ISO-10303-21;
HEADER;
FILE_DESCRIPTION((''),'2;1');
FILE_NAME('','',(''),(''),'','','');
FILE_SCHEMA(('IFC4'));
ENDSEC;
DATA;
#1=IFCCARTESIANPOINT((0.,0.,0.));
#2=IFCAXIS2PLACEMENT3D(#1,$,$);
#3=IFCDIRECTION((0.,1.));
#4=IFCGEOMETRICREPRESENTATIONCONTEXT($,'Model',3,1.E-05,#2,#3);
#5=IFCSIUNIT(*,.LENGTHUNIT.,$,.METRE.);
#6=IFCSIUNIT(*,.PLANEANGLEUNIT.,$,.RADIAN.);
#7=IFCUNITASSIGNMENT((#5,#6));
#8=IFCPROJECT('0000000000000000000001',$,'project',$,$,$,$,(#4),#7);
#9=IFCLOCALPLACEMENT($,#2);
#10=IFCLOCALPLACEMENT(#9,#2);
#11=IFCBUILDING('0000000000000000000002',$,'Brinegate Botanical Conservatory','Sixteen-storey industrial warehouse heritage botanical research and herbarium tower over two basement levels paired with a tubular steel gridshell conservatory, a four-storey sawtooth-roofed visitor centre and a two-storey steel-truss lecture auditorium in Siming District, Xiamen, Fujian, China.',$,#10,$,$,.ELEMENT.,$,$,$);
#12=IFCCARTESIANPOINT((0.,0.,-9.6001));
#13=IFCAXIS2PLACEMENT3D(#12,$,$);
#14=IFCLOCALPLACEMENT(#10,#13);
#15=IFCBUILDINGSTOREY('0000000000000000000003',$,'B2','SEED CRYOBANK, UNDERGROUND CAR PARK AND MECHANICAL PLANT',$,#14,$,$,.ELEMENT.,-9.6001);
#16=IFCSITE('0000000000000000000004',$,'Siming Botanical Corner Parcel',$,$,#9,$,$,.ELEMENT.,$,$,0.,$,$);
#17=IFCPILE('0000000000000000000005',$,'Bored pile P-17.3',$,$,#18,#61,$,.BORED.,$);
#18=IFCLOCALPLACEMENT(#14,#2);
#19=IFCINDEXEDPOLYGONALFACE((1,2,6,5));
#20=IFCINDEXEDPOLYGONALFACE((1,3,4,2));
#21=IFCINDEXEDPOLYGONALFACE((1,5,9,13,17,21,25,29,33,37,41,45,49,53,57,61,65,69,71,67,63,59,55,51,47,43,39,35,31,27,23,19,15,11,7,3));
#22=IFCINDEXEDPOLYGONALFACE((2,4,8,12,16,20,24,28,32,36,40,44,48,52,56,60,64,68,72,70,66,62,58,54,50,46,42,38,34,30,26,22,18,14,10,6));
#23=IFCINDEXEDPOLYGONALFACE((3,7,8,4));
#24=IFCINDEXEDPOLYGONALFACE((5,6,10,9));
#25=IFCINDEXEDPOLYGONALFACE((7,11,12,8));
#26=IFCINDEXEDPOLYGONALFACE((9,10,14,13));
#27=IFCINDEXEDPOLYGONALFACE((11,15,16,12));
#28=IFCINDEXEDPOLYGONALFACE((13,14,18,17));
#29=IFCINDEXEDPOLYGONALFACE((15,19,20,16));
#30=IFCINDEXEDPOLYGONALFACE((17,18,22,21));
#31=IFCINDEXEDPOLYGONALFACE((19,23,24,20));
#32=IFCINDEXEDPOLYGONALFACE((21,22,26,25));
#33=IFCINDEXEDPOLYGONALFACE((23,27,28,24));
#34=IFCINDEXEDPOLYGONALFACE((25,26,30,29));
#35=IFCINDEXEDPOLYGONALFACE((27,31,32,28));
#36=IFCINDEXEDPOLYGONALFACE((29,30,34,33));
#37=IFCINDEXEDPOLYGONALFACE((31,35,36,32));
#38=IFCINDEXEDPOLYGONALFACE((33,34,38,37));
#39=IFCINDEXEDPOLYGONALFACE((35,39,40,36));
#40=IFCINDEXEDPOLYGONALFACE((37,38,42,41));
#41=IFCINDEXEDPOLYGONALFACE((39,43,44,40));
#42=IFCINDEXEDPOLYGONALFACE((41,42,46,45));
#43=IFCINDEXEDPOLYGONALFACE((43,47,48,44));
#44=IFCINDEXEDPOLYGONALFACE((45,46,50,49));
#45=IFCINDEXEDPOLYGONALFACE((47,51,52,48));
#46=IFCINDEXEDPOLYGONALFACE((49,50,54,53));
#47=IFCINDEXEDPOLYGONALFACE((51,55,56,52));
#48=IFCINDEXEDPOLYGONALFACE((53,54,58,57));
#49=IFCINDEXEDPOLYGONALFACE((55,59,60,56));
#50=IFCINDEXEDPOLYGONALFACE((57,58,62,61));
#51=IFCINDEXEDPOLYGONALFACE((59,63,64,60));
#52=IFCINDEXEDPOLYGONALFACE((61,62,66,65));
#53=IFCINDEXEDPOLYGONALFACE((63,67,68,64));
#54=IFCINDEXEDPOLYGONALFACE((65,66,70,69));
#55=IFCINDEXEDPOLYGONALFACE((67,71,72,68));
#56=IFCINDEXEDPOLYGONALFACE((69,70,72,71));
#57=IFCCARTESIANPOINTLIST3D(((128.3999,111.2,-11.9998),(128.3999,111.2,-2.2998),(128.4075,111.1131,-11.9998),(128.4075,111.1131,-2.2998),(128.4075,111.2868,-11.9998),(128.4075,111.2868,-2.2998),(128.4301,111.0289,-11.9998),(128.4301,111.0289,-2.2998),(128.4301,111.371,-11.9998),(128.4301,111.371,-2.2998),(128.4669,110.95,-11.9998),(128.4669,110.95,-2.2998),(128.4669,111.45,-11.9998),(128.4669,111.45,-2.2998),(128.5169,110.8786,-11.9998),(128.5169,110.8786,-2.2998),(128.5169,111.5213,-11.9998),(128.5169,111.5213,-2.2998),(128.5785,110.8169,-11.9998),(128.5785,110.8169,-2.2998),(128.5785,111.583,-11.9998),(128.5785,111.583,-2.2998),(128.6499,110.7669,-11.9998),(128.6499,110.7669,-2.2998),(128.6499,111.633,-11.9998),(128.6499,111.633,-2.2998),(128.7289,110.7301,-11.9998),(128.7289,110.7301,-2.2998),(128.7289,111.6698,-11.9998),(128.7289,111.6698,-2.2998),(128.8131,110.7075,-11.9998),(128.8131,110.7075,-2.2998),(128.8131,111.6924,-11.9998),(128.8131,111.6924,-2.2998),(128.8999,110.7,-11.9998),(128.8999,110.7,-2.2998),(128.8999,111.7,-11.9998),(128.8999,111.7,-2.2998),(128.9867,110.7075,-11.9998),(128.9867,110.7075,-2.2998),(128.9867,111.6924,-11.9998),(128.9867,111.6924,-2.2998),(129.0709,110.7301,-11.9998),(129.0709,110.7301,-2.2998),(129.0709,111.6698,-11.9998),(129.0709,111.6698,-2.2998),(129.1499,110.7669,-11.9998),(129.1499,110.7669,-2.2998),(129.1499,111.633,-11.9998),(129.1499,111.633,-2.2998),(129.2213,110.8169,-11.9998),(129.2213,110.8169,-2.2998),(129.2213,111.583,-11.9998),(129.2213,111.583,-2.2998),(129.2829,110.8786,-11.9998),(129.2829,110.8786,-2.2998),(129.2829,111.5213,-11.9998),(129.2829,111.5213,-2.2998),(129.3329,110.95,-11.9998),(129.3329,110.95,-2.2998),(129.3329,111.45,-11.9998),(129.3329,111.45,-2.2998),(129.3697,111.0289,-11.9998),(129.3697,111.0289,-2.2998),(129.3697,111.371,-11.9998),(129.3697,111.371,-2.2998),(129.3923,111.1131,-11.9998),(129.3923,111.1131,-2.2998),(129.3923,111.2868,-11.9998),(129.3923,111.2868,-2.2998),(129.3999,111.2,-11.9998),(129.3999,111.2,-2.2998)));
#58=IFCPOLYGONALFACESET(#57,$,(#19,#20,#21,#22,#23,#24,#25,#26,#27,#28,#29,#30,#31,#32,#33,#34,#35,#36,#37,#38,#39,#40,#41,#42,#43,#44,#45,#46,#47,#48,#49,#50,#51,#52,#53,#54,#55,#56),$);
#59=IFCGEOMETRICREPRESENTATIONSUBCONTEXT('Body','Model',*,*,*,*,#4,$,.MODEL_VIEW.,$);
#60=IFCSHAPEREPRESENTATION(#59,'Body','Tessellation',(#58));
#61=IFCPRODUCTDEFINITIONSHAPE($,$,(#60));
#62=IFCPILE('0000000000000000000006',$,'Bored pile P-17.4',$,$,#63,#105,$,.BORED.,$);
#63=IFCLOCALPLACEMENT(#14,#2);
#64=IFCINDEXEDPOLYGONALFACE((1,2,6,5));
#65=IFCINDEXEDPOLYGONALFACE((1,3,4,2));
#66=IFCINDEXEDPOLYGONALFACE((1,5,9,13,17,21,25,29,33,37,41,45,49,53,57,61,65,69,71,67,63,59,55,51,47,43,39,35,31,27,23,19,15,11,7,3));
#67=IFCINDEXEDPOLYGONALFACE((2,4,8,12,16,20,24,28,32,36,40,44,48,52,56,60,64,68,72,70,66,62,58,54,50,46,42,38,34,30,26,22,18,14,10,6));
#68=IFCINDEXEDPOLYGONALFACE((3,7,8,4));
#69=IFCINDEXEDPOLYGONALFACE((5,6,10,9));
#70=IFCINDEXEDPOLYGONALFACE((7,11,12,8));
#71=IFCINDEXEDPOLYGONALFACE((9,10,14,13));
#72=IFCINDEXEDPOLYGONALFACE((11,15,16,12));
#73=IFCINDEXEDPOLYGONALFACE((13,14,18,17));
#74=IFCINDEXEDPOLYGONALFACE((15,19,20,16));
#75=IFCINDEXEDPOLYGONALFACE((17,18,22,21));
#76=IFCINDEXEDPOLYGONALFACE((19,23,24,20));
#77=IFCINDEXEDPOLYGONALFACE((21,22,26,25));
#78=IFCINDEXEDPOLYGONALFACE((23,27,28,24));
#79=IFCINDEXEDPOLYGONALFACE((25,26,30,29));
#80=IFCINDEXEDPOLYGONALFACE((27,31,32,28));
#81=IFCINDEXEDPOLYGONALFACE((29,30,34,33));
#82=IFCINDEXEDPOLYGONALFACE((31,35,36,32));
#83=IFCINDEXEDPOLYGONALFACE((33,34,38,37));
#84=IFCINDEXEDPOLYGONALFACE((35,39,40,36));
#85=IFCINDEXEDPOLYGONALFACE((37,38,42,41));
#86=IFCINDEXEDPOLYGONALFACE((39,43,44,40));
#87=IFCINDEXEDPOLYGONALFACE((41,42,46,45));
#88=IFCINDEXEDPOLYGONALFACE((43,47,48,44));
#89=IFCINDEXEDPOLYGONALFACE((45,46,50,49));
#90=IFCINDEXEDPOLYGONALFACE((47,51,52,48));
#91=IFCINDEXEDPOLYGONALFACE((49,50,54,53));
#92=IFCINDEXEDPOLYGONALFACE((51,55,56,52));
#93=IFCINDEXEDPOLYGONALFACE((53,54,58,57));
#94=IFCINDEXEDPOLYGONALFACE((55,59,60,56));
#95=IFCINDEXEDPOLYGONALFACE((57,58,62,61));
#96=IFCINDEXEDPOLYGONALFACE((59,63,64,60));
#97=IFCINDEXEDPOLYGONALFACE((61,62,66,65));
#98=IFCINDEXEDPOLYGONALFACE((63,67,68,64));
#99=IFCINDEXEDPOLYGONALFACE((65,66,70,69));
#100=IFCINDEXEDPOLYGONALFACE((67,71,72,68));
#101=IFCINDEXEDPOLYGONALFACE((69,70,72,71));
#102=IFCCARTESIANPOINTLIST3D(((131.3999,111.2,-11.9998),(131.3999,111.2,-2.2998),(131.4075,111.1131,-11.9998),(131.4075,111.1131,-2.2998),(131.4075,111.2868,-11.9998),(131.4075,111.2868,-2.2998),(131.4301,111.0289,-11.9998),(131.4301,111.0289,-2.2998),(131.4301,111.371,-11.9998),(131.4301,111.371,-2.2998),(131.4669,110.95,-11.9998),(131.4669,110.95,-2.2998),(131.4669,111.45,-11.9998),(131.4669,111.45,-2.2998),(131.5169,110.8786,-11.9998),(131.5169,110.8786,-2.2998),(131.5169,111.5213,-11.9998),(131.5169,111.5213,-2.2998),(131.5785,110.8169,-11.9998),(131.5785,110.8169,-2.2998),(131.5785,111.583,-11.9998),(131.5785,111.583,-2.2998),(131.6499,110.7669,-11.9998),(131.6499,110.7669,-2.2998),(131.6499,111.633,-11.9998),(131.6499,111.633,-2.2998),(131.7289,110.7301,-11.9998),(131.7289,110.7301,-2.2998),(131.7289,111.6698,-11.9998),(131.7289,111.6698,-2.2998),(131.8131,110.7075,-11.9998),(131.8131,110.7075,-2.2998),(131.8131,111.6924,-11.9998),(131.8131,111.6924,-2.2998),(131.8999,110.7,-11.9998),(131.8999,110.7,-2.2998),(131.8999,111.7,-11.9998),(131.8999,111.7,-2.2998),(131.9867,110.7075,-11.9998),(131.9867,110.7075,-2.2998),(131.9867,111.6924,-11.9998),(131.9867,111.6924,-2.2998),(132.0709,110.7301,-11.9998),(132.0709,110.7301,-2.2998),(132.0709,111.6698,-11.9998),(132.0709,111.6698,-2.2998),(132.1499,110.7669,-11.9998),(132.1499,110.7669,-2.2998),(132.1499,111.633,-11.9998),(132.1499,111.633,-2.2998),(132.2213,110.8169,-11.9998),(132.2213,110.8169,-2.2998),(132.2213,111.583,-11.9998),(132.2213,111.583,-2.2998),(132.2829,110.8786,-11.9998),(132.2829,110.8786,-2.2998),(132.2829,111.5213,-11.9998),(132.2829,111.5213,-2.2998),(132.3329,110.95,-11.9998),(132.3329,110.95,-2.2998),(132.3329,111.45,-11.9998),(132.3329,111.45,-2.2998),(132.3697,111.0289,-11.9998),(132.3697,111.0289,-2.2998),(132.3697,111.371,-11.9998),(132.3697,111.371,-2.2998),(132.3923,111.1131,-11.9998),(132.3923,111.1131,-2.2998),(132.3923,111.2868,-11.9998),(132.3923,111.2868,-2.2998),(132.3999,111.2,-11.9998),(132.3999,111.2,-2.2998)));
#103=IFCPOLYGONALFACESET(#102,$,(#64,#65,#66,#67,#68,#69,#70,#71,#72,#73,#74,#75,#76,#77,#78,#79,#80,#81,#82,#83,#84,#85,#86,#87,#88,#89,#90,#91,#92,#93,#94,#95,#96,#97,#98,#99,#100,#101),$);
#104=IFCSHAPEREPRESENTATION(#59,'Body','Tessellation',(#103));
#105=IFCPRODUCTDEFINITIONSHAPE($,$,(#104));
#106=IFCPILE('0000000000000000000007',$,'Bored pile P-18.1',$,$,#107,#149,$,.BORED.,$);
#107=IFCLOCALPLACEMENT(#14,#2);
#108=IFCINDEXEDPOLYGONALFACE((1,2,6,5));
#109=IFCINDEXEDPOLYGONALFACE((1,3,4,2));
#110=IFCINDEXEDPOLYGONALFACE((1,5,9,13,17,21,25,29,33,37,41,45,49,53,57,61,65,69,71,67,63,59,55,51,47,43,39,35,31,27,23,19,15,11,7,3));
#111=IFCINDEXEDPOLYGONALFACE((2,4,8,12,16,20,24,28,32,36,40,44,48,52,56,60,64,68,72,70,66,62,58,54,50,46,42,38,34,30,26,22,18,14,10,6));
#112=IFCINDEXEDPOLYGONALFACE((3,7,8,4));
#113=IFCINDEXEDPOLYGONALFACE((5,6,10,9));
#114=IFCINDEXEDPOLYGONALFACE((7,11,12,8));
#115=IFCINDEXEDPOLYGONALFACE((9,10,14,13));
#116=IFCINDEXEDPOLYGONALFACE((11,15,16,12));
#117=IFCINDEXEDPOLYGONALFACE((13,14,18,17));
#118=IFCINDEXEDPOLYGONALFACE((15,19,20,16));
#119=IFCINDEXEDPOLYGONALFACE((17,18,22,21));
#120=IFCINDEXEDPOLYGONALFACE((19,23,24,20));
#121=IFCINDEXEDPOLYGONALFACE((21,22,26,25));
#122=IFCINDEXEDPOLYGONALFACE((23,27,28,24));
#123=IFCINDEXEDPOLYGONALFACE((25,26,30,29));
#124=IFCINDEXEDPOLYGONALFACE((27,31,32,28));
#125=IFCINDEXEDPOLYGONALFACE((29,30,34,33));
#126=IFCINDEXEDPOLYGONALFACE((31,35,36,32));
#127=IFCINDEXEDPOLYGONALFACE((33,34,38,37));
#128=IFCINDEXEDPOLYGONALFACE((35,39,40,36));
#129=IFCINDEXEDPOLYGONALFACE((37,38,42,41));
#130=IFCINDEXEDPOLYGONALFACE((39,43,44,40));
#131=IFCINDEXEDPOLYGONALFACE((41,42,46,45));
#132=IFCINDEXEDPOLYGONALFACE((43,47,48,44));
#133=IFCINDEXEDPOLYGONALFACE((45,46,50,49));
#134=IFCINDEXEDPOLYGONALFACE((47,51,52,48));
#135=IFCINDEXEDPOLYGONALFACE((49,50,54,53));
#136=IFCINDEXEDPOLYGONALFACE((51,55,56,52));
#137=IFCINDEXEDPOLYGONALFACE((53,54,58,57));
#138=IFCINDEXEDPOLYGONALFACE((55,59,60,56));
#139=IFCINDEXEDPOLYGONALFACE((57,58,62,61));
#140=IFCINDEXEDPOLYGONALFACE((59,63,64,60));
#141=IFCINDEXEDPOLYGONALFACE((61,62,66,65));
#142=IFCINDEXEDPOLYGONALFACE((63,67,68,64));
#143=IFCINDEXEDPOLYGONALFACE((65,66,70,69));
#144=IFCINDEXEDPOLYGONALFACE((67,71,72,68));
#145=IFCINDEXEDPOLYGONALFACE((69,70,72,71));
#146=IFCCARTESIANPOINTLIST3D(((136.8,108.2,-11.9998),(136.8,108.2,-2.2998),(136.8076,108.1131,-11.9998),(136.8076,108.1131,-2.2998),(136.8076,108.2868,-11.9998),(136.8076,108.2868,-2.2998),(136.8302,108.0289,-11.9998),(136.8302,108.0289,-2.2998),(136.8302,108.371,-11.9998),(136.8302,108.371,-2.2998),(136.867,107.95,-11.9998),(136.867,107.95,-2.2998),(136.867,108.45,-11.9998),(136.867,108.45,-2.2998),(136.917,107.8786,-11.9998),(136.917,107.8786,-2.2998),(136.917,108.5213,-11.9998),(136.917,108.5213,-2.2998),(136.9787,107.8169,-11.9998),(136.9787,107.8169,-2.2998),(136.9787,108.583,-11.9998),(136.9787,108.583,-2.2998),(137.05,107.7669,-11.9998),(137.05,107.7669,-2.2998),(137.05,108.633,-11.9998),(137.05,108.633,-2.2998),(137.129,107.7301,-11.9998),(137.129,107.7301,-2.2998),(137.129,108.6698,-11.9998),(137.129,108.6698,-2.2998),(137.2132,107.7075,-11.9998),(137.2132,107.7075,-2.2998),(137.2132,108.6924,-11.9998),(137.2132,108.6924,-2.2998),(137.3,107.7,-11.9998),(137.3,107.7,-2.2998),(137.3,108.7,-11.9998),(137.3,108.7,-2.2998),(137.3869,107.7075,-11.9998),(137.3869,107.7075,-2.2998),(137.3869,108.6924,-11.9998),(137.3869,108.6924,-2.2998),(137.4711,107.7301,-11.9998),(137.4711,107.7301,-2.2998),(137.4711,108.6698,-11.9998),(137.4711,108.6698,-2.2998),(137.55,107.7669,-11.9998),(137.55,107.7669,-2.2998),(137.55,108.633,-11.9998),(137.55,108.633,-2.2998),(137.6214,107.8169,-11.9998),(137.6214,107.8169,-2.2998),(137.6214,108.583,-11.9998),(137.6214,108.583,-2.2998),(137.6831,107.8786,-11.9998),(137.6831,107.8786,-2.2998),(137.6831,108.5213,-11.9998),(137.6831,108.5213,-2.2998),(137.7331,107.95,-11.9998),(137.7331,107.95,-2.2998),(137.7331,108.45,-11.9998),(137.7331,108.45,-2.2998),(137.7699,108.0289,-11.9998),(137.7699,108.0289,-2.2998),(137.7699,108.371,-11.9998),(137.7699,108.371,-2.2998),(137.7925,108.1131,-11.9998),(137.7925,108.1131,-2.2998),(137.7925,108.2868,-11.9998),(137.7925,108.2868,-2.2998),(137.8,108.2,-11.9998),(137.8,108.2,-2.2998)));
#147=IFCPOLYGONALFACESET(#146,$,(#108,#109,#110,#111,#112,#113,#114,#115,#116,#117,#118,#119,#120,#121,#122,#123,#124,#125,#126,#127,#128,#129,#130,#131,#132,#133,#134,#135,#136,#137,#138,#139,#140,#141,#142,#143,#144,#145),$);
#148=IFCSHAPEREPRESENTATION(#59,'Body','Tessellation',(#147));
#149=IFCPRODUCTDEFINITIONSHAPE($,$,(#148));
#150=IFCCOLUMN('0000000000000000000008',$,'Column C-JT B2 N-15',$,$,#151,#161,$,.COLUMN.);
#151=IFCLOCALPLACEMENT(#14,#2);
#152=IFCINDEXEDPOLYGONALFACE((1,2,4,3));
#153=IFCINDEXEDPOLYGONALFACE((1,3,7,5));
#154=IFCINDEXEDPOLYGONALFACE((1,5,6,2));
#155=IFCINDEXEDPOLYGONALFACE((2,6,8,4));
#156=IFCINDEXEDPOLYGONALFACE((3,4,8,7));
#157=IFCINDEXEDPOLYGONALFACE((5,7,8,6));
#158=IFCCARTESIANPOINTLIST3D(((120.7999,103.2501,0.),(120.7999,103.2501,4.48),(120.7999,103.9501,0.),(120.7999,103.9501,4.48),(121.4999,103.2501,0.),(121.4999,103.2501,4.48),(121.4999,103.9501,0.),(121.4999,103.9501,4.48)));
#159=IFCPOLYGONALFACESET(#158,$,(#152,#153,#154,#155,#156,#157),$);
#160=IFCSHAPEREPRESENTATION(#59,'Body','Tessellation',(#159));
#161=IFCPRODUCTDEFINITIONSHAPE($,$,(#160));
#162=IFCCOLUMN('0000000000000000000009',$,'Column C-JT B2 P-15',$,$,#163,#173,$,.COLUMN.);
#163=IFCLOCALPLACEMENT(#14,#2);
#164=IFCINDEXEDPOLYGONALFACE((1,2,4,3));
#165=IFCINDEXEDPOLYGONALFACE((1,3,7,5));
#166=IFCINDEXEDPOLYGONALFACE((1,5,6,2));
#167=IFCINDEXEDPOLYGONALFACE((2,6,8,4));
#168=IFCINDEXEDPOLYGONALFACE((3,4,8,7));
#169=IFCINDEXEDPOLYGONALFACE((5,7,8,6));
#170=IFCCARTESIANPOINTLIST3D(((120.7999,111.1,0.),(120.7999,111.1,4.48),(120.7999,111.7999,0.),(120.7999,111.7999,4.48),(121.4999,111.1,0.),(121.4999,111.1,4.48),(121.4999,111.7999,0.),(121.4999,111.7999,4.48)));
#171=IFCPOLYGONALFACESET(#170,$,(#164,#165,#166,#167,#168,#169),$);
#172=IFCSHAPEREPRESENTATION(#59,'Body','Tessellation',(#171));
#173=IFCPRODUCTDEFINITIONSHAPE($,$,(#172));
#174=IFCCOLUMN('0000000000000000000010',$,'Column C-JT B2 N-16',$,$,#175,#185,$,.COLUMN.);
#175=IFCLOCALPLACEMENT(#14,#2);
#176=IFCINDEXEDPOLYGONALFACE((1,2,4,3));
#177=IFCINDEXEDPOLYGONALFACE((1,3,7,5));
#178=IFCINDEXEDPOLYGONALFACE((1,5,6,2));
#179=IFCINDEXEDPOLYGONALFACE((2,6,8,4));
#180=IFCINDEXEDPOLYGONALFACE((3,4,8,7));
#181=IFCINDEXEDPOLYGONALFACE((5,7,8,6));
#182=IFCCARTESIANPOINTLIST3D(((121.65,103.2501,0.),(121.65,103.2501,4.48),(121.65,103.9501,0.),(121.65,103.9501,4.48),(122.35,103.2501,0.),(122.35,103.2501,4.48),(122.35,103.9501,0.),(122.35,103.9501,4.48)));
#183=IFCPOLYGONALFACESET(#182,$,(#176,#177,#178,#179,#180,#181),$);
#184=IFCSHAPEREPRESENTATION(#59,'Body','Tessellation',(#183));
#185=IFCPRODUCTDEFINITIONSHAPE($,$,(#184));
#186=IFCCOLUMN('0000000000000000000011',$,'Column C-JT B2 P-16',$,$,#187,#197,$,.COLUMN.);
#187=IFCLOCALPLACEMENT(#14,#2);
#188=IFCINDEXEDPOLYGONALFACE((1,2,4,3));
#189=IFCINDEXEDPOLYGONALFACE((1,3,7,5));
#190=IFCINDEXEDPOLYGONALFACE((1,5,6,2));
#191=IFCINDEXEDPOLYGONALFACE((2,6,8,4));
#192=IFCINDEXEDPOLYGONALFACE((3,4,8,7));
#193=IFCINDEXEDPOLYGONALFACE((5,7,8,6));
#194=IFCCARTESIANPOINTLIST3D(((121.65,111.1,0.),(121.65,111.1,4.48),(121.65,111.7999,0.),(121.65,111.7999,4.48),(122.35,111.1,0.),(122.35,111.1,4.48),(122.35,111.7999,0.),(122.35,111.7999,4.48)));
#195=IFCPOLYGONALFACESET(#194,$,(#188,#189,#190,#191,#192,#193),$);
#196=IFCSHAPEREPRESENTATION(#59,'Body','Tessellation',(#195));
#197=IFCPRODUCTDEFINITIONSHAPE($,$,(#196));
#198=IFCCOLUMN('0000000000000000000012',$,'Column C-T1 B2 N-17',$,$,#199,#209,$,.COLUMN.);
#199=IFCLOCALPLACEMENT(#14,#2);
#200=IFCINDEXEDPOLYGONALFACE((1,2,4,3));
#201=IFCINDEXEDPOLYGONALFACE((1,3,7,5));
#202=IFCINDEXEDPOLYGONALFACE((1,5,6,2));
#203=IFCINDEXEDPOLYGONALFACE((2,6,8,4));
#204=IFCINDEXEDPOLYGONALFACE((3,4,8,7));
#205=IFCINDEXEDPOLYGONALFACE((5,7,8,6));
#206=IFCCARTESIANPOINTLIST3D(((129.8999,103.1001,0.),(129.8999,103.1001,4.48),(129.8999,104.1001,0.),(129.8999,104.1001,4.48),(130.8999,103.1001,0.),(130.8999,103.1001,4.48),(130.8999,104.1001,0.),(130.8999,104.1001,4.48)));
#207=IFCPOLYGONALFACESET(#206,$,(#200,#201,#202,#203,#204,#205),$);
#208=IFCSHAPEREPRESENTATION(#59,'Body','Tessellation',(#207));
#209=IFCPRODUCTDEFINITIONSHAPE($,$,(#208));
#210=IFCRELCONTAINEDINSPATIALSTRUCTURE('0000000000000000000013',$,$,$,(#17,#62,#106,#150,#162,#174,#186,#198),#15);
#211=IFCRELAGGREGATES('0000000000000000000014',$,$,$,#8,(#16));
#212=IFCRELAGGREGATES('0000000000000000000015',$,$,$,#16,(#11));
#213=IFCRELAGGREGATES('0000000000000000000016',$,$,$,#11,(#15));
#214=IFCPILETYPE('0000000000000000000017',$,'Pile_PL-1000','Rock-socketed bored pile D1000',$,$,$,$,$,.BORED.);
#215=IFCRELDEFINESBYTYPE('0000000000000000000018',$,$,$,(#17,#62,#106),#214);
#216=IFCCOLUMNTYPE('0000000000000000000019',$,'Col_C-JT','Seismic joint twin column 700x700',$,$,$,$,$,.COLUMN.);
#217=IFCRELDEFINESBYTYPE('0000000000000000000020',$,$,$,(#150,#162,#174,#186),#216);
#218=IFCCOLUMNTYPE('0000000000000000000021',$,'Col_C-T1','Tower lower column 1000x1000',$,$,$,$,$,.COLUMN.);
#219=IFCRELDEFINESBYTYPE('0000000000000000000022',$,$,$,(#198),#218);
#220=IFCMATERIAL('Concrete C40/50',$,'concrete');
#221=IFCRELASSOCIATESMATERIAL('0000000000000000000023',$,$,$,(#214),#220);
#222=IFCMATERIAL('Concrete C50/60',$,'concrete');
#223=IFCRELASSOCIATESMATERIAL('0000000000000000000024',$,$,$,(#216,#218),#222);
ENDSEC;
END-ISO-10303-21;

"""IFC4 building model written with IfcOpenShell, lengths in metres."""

from ifc_helpers import new_model, si_unit, direction, frame, origin, origin_2d, place, context, subcontext, project, spatial, rectangle, circle, extrude, material, material_profile, profile_set, type_object, element, save


model = new_model("IFC4")

# Units and contexts
model_context = context("Model", 3, precision=1e-05, world=origin(), true_north=direction((0.0, 1.0)))
body_context = subcontext(model_context, "Body", "Model", "MODEL_VIEW")
ifc_project = project(units=[si_unit("LENGTHUNIT", "METRE"), si_unit("PLANEANGLEUNIT", "RADIAN")], contexts=[model_context])

# Site, building, storey
site_placement = place(None, origin())
site = spatial("IfcSite", under=ifc_project, at=site_placement, Name="Siming Botanical Corner Parcel", CompositionType="ELEMENT", RefElevation=0.0)
building_placement = place(site_placement, origin())
building = spatial("IfcBuilding", under=site, at=building_placement, Name="Brinegate Botanical Conservatory", Description="Sixteen-storey industrial warehouse heritage botanical research and herbarium tower over two basement levels paired with a tubular steel gridshell conservatory, a four-storey sawtooth-roofed visitor centre and a two-storey steel-truss lecture auditorium in Siming District, Xiamen, Fujian, China.", CompositionType="ELEMENT")
storey_placement = place(building_placement, frame((0.0, 0.0, -9.6001)))
storey = spatial("IfcBuildingStorey", under=building, at=storey_placement, Name="B2", Description="SEED CRYOBANK, UNDERGROUND CAR PARK AND MECHANICAL PLANT", CompositionType="ELEMENT", Elevation=-9.6001)

# Shared definitions
ifc_material_1 = material(Name="Concrete C40/50", Category="concrete")

# Piles
ifc_material_profile_1 = material_profile(ifc_material_1, circle(Radius=0.5, at=origin_2d()), Name="PILE D1000")
ifc_profile_set_1 = profile_set([ifc_material_profile_1], Name="Concrete C40/50")
pile_type = type_object("IfcPileType", Name="Pile_PL-1000", Description="Rock-socketed bored pile D1000", PredefinedType="BORED", material=ifc_profile_set_1)
for number, where, z_axis, x_axis, name in (
    (1, (128.8999, 111.2, -2.2998), (0.0, 0.0, -1.0), (1.0, 0.0, 0.0), "Bored pile P-17.3"),
    (2, (131.8999, 111.2, -2.2998), (0.0, 0.0, -1.0), (1.0, 0.0, 0.0), "Bored pile P-17.4"),
    (3, (137.3, 108.2, -2.2998), (0.0, 0.0, -1.0), (1.0, 0.0, 0.0), "Bored pile P-18.1"),
):
    element("IfcPile", number, at=place(storey_placement, frame(where, z_axis=z_axis, x_axis=x_axis)), inside=storey, type_object=pile_type, Name=name, PredefinedType="BORED", context=body_context, shape_type="SweptSolid", body=[
        extrude(circle(Radius=0.5, at=origin_2d()), origin(), (0.0, 0.0, 1.0), 9.7),
    ])

# Columns
ifc_material_2 = material(Name="Concrete C50/60", Category="concrete")
ifc_material_profile_2 = material_profile(ifc_material_2, rectangle(XDim=0.7, YDim=0.7, at=origin_2d()), Name="RC COL 700x700")
ifc_profile_set_2 = profile_set([ifc_material_profile_2], Name="Concrete C50/60")
column_type_1 = type_object("IfcColumnType", Name="Col_C-JT", Description="Seismic joint twin column 700x700", PredefinedType="COLUMN", material=ifc_profile_set_2)
for number, where, z_axis, x_axis, name in (
    (4, (121.1499, 103.6001, 0.0), (0.0, 0.0, 1.0), (1.0, 0.0, 0.0), "Column C-JT B2 N-15"),
    (5, (121.1499, 111.45, 0.0), (0.0, 0.0, 1.0), (1.0, 0.0, 0.0), "Column C-JT B2 P-15"),
    (6, (122.0, 103.6001, 0.0), (0.0, 0.0, 1.0), (1.0, 0.0, 0.0), "Column C-JT B2 N-16"),
    (7, (122.0, 111.45, 0.0), (0.0, 0.0, 1.0), (1.0, 0.0, 0.0), "Column C-JT B2 P-16"),
):
    element("IfcColumn", number, at=place(storey_placement, frame(where, z_axis=z_axis, x_axis=x_axis)), inside=storey, type_object=column_type_1, Name=name, PredefinedType="COLUMN", context=body_context, shape_type="SweptSolid", body=[
        extrude(rectangle(XDim=0.7, YDim=0.7, at=origin_2d()), origin(), (0.0, 0.0, 1.0), 4.48),
    ])
ifc_material_profile_3 = material_profile(ifc_material_2, rectangle(XDim=1.0, YDim=1.0, at=origin_2d()), Name="RC COL 1000x1000")
ifc_profile_set_3 = profile_set([ifc_material_profile_3], Name="Concrete C50/60")
column_type_2 = type_object("IfcColumnType", Name="Col_C-T1", Description="Tower lower column 1000x1000", PredefinedType="COLUMN", material=ifc_profile_set_3)
for number, where, z_axis, x_axis, name in (
    (8, (130.3999, 103.6001, 0.0), (0.0, 0.0, 1.0), (1.0, 0.0, 0.0), "Column C-T1 B2 N-17"),
):
    element("IfcColumn", number, at=place(storey_placement, frame(where, z_axis=z_axis, x_axis=x_axis)), inside=storey, type_object=column_type_2, Name=name, PredefinedType="COLUMN", context=body_context, shape_type="SweptSolid", body=[
        extrude(rectangle(XDim=1.0, YDim=1.0, at=origin_2d()), origin(), (0.0, 0.0, 1.0), 4.48),
    ])

save(model, "model.ifc")
